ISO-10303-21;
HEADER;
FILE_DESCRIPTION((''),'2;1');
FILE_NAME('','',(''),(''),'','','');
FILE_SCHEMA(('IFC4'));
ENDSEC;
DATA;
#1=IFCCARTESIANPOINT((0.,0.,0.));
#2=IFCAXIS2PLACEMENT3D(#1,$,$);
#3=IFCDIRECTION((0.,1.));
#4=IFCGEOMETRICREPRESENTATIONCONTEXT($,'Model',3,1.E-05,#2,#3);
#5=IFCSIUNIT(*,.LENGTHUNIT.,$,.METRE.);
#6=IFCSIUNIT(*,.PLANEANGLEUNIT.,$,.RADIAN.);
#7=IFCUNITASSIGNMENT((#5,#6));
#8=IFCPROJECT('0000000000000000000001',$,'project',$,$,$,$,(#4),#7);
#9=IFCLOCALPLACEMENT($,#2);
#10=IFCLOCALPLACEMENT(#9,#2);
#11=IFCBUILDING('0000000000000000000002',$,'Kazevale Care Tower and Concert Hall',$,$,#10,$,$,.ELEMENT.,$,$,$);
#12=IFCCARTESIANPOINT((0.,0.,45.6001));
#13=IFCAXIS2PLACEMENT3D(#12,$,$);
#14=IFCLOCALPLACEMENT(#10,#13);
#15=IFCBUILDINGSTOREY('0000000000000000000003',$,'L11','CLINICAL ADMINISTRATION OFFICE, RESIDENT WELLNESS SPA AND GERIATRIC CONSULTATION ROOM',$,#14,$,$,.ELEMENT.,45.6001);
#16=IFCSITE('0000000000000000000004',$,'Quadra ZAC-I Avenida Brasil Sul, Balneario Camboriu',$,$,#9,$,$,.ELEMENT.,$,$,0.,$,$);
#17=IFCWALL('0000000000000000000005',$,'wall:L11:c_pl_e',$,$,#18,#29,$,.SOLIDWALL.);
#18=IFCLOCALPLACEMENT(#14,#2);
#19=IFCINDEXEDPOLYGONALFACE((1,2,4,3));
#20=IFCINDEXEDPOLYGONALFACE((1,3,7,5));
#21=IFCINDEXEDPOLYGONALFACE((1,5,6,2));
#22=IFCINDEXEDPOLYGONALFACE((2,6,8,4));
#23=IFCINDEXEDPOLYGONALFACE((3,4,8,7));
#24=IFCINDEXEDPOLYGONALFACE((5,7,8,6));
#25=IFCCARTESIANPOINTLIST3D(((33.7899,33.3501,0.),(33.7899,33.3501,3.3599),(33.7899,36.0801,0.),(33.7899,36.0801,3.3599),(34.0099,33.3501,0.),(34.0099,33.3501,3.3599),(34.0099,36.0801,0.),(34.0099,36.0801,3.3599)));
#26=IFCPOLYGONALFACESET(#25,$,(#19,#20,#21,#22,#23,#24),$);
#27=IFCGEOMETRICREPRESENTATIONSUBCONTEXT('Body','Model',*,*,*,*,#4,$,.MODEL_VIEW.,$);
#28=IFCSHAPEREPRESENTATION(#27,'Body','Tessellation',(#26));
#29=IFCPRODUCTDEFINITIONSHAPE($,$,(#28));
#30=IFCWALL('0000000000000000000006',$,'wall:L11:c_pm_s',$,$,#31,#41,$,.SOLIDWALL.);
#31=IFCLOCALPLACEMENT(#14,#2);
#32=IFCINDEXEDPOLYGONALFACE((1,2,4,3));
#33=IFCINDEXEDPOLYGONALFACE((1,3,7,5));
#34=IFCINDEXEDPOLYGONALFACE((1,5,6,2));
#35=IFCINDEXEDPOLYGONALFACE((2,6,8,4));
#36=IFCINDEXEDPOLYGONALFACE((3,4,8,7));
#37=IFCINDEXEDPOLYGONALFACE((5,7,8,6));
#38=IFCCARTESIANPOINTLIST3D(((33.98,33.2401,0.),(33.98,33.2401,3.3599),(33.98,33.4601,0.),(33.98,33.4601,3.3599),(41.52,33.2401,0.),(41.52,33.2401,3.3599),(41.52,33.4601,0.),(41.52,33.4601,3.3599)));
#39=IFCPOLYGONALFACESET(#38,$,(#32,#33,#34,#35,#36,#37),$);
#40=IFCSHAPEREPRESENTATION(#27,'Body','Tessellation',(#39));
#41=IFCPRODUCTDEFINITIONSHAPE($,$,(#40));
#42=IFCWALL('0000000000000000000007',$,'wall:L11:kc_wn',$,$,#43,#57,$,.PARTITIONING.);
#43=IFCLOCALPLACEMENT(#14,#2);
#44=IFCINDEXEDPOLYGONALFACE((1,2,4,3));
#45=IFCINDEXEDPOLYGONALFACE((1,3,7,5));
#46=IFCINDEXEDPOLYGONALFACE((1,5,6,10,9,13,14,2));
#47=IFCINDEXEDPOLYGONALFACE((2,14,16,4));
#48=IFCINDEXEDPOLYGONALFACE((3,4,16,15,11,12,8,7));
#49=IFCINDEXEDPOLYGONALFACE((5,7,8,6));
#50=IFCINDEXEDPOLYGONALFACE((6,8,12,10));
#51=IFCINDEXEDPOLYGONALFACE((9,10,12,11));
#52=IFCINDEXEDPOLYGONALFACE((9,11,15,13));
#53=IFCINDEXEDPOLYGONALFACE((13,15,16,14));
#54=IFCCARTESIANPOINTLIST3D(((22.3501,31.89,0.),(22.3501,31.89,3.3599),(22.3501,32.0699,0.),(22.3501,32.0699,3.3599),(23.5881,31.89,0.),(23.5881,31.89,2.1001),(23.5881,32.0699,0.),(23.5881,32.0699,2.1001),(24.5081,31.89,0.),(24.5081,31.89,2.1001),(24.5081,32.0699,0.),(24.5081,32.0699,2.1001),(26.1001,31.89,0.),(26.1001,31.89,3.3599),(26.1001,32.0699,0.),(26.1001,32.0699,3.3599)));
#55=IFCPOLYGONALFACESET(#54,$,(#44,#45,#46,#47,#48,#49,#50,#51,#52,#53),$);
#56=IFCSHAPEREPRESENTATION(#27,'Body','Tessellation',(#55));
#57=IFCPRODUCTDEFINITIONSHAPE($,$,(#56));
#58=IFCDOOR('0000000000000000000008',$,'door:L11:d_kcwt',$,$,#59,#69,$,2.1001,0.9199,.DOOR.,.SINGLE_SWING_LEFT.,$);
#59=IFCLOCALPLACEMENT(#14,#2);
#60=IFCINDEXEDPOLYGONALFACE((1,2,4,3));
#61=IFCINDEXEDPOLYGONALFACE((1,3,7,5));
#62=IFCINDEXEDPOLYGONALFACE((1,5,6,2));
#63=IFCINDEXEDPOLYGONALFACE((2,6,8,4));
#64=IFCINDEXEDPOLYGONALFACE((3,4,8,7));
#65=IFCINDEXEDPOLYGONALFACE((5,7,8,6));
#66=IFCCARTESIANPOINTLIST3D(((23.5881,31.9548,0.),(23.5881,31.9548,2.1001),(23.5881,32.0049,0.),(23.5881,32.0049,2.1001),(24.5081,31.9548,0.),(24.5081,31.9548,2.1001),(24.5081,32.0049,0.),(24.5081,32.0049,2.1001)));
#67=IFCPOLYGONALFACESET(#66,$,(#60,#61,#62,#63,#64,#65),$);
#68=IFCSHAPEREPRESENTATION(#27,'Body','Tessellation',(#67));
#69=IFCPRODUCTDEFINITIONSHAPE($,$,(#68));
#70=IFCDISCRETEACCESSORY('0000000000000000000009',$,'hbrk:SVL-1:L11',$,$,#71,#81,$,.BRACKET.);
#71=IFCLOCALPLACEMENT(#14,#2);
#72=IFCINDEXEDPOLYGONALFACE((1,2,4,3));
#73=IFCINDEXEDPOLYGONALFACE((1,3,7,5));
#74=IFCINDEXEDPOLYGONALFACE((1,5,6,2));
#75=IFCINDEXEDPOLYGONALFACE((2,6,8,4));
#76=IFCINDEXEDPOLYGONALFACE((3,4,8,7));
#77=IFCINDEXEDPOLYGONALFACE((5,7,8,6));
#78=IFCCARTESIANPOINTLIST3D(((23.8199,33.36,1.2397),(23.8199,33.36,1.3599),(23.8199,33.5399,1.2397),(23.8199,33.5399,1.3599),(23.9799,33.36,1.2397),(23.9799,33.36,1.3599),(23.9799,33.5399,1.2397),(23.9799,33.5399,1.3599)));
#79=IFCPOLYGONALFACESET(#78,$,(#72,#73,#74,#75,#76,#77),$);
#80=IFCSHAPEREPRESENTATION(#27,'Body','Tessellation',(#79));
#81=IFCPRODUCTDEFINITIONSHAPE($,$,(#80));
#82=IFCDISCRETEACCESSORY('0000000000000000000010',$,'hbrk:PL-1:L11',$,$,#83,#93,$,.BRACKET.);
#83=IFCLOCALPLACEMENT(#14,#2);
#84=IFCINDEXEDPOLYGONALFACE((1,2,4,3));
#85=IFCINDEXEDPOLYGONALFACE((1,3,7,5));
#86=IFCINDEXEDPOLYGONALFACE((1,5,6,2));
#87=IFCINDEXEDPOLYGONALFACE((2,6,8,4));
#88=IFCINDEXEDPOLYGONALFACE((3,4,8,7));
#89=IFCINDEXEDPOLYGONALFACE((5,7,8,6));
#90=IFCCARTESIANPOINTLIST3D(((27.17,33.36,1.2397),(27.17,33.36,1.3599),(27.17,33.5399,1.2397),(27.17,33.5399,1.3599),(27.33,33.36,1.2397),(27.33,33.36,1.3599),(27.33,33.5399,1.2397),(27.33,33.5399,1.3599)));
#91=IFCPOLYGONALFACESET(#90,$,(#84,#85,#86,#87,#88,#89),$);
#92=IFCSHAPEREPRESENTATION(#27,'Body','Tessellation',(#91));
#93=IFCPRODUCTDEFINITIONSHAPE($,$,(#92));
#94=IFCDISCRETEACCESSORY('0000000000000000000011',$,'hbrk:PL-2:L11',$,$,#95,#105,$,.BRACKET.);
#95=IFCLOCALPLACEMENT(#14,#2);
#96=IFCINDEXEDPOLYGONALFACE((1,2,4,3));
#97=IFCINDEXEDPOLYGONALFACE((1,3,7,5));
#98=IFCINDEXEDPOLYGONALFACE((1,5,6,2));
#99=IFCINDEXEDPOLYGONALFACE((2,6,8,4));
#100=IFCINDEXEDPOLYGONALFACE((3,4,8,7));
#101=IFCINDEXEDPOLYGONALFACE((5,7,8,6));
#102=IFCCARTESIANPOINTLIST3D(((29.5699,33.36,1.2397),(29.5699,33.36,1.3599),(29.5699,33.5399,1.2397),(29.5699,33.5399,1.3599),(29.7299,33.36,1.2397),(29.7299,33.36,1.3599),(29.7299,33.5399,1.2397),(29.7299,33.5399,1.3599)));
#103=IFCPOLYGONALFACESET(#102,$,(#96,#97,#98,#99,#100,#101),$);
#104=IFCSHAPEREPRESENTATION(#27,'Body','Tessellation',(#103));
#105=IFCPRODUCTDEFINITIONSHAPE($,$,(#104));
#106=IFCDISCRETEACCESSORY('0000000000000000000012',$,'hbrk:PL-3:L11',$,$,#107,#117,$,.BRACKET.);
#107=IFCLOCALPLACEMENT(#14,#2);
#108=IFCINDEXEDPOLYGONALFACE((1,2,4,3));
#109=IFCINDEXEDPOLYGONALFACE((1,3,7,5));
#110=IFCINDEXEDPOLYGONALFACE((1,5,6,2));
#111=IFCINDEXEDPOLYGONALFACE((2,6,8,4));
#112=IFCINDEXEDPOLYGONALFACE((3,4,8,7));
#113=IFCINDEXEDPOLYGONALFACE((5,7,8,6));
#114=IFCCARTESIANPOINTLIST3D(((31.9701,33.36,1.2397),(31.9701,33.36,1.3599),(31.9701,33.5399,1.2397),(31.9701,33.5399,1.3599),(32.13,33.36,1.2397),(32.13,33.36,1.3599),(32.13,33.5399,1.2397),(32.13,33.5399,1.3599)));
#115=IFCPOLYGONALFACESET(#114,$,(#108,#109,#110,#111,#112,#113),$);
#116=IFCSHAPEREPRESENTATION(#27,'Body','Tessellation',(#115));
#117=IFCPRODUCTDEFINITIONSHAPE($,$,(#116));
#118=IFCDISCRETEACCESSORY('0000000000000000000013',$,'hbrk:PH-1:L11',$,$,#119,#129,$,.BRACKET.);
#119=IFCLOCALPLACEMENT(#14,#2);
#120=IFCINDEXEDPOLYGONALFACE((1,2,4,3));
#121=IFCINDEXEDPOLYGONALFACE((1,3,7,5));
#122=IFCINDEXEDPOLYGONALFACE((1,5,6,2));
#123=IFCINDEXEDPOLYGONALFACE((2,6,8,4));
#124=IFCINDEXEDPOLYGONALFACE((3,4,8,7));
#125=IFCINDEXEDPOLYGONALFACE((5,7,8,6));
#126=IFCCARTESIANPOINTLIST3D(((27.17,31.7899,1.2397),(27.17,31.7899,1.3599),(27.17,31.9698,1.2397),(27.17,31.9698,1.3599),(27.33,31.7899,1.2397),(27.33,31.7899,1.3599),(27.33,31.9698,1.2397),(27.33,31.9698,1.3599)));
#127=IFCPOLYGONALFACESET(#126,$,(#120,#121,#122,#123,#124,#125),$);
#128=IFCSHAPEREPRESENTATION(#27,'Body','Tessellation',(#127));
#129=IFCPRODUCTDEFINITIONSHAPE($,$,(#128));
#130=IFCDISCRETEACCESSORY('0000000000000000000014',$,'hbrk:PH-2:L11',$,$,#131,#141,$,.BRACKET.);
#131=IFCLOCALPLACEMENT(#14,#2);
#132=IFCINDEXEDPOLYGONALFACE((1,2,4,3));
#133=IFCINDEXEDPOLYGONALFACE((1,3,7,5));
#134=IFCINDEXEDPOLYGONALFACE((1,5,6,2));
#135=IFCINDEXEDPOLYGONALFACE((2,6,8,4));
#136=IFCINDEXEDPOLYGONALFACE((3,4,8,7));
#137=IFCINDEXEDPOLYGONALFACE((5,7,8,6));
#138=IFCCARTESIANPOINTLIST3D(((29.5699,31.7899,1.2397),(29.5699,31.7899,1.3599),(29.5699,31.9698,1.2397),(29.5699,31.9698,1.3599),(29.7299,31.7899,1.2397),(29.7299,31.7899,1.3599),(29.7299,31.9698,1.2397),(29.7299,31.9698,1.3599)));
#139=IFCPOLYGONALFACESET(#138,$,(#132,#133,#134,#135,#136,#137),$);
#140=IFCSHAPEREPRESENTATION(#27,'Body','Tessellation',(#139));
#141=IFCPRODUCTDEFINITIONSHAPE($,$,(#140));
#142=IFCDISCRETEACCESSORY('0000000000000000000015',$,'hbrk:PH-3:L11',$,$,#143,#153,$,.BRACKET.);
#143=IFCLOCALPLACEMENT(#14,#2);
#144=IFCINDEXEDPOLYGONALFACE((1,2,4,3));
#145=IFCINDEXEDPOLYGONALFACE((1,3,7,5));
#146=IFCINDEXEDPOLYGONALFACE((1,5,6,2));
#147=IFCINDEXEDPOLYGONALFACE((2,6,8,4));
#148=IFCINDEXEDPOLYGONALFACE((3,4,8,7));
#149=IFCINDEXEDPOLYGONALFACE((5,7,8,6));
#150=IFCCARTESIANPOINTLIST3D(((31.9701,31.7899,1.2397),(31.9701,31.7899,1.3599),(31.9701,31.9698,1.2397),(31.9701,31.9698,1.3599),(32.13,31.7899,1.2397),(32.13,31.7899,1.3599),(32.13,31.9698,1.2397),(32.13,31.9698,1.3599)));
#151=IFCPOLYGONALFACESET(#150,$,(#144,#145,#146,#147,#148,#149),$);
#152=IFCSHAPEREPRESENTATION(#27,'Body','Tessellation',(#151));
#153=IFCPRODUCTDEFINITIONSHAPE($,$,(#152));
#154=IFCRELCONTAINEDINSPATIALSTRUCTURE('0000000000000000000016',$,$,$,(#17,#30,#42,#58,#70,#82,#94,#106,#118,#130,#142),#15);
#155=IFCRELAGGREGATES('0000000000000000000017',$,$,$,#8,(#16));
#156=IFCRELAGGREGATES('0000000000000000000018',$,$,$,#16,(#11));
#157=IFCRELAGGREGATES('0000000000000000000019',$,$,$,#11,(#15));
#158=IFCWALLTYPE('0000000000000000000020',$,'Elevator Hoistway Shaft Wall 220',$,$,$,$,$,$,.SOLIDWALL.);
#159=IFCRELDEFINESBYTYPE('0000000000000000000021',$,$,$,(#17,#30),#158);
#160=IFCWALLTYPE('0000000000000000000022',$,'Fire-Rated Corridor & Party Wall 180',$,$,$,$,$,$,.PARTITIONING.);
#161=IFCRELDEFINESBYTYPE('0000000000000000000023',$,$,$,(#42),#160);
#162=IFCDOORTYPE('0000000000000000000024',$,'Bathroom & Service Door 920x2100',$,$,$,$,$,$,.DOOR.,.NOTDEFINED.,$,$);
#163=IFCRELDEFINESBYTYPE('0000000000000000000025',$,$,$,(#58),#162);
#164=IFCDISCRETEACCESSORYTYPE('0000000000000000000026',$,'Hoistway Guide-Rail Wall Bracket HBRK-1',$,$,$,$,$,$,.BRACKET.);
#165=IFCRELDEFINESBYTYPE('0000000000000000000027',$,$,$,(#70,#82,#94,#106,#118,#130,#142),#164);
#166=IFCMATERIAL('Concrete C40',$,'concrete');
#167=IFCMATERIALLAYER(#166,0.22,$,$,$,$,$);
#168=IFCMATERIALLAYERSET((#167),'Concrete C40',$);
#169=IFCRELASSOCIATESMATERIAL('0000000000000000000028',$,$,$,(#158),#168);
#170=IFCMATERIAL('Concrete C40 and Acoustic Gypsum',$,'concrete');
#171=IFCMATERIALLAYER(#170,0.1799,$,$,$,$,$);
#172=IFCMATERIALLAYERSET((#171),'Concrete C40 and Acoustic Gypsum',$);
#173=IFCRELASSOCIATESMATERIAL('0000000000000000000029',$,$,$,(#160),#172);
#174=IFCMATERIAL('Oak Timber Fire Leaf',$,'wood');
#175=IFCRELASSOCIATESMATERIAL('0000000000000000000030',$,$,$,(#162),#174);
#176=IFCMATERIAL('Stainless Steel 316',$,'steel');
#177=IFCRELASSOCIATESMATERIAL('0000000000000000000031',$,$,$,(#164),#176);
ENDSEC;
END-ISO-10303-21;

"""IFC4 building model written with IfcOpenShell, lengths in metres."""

from ifc_helpers import new_model, si_unit, direction, frame, frame_2d, origin, origin_2d, place, context, subcontext, project, spatial, rectangle, extrude, material, layer, layer_set, type_object, element, fill, save


model = new_model("IFC4")

# Units and contexts
model_context = context("Model", 3, precision=1e-05, world=origin(), true_north=direction((0.0, 1.0)))
body_context = subcontext(model_context, "Body", "Model", "MODEL_VIEW")
ifc_project = project(units=[si_unit("LENGTHUNIT", "METRE"), si_unit("PLANEANGLEUNIT", "RADIAN")], contexts=[model_context])

# Site, building, storey
site_placement = place(None, origin())
site = spatial("IfcSite", under=ifc_project, at=site_placement, Name="Quadra ZAC-I Avenida Brasil Sul, Balneario Camboriu", CompositionType="ELEMENT", RefElevation=0.0)
building_placement = place(site_placement, origin())
building = spatial("IfcBuilding", under=site, at=building_placement, Name="Kazevale Care Tower and Concert Hall", CompositionType="ELEMENT")
storey_placement = place(building_placement, frame((0.0, 0.0, 45.6001)))
storey = spatial("IfcBuildingStorey", under=building, at=storey_placement, Name="L11", Description="CLINICAL ADMINISTRATION OFFICE, RESIDENT WELLNESS SPA AND GERIATRIC CONSULTATION ROOM", CompositionType="ELEMENT", Elevation=45.6001)

# Shared definitions
ifc_material_1 = material(Name="Concrete C40", Category="concrete")
ifc_layer_1 = layer(ifc_material_1, 0.22)
ifc_layer_set_1 = layer_set([ifc_layer_1], Name="Concrete C40")
wall_type_1 = type_object("IfcWallType", Name="Elevator Hoistway Shaft Wall 220", PredefinedType="SOLIDWALL", material=ifc_layer_set_1)

# Shared definitions
ifc_material_2 = material(Name="Stainless Steel 316", Category="steel")

# Walls
wall_1_placement = place(storey_placement, frame((33.8999, 33.3501, 0.0), z_axis=(0.0, 0.0, 1.0), x_axis=(0.0, 1.0, 0.0)))
element("IfcWall", 1, at=wall_1_placement, inside=storey, type_object=wall_type_1, Name="wall:L11:c_pl_e", PredefinedType="SOLIDWALL", context=body_context, shape_type="SweptSolid", body=[
    extrude(rectangle(XDim=2.73, YDim=0.22, at=frame_2d((1.365, 0.0))), origin(), (0.0, 0.0, 1.0), 3.3599),
])
wall_2_placement = place(storey_placement, frame((33.98, 33.3501, 0.0), z_axis=(0.0, 0.0, 1.0), x_axis=(1.0, 0.0, 0.0)))
element("IfcWall", 2, at=wall_2_placement, inside=storey, type_object=wall_type_1, Name="wall:L11:c_pm_s", PredefinedType="SOLIDWALL", context=body_context, shape_type="SweptSolid", body=[
    extrude(rectangle(XDim=7.54, YDim=0.22, at=frame_2d((3.77, 0.0))), origin(), (0.0, 0.0, 1.0), 3.3599),
])

# Wall, opening, door
ifc_material_3 = material(Name="Concrete C40 and Acoustic Gypsum", Category="concrete")
ifc_layer_2 = layer(ifc_material_3, 0.1799)
ifc_layer_set_2 = layer_set([ifc_layer_2], Name="Concrete C40 and Acoustic Gypsum")
wall_type_2 = type_object("IfcWallType", Name="Fire-Rated Corridor & Party Wall 180", PredefinedType="PARTITIONING", material=ifc_layer_set_2)
wall_3_placement = place(storey_placement, frame((22.3501, 31.98, 0.0), z_axis=(0.0, 0.0, 1.0), x_axis=(1.0, 0.0, 0.0)))
wall_3 = element("IfcWall", 3, at=wall_3_placement, inside=storey, type_object=wall_type_2, Name="wall:L11:kc_wn", PredefinedType="PARTITIONING", context=body_context, shape_type="SweptSolid", body=[
    extrude(rectangle(XDim=3.75, YDim=0.1799, at=frame_2d((1.875, 0.0))), origin(), (0.0, 0.0, 1.0), 3.3599),
])
opening_1_placement = place(wall_3_placement, frame((1.238, 0.0, 0.0)))
opening_1 = element("IfcOpeningElement", 4, at=opening_1_placement, cuts=wall_3, PredefinedType="OPENING", context=body_context, shape_type="SweptSolid", body=[
    extrude(rectangle(XDim=0.9199, YDim=2.1001, at=frame_2d((0.46, 1.05))), frame((0.0, 0.0999, 0.0), z_axis=(0.0, -1.0, 0.0), x_axis=(1.0, 0.0, 0.0)), (0.0, 0.0, 1.0), 0.2),
])
ifc_material_4 = material(Name="Oak Timber Fire Leaf", Category="wood")
door_type_1 = type_object("IfcDoorType", Name="Bathroom & Service Door 920x2100", OperationType="NOTDEFINED", PredefinedType="DOOR", material=ifc_material_4)
door_1_placement = place(opening_1_placement, origin())
door_1 = element("IfcDoor", 5, at=door_1_placement, inside=storey, type_object=door_type_1, Name="door:L11:d_kcwt", OperationType="SINGLE_SWING_LEFT", OverallHeight=2.1001, OverallWidth=0.9199, PredefinedType="DOOR", context=body_context, shape_type="SweptSolid", body=[
    extrude(rectangle(XDim=0.9199, YDim=2.1001, at=frame_2d((0.46, 1.05))), frame((0.0, 0.0249, 0.0), z_axis=(0.0, -1.0, 0.0), x_axis=(1.0, 0.0, 0.0)), (0.0, 0.0, 1.0), 0.05),
])
fill(opening_1, door_1)

# Discrete accessories
discrete_accessory_type = type_object("IfcDiscreteAccessoryType", Name="Hoistway Guide-Rail Wall Bracket HBRK-1", PredefinedType="BRACKET", material=ifc_material_2)
for number, where, z_axis, x_axis, name in (
    (6, (23.8999, 33.45, 1.2397), (0.0, 0.0, 1.0), (1.0, 0.0, 0.0), "hbrk:SVL-1:L11"),
    (7, (27.25, 33.45, 1.2397), (0.0, 0.0, 1.0), (1.0, 0.0, 0.0), "hbrk:PL-1:L11"),
    (8, (29.6499, 33.45, 1.2397), (0.0, 0.0, 1.0), (1.0, 0.0, 0.0), "hbrk:PL-2:L11"),
    (9, (32.05, 33.45, 1.2397), (0.0, 0.0, 1.0), (1.0, 0.0, 0.0), "hbrk:PL-3:L11"),
    (10, (27.25, 31.8799, 1.2397), (0.0, 0.0, 1.0), (1.0, 0.0, 0.0), "hbrk:PH-1:L11"),
    (11, (29.6499, 31.8799, 1.2397), (0.0, 0.0, 1.0), (1.0, 0.0, 0.0), "hbrk:PH-2:L11"),
    (12, (32.05, 31.8799, 1.2397), (0.0, 0.0, 1.0), (1.0, 0.0, 0.0), "hbrk:PH-3:L11"),
):
    element("IfcDiscreteAccessory", number, at=place(storey_placement, frame(where, z_axis=z_axis, x_axis=x_axis)), inside=storey, type_object=discrete_accessory_type, Name=name, PredefinedType="BRACKET", context=body_context, shape_type="SweptSolid", body=[
        extrude(rectangle(XDim=0.1599, YDim=0.1799, at=origin_2d()), origin(), (0.0, 0.0, 1.0), 0.1201),
    ])

save(model, "model.ifc")
